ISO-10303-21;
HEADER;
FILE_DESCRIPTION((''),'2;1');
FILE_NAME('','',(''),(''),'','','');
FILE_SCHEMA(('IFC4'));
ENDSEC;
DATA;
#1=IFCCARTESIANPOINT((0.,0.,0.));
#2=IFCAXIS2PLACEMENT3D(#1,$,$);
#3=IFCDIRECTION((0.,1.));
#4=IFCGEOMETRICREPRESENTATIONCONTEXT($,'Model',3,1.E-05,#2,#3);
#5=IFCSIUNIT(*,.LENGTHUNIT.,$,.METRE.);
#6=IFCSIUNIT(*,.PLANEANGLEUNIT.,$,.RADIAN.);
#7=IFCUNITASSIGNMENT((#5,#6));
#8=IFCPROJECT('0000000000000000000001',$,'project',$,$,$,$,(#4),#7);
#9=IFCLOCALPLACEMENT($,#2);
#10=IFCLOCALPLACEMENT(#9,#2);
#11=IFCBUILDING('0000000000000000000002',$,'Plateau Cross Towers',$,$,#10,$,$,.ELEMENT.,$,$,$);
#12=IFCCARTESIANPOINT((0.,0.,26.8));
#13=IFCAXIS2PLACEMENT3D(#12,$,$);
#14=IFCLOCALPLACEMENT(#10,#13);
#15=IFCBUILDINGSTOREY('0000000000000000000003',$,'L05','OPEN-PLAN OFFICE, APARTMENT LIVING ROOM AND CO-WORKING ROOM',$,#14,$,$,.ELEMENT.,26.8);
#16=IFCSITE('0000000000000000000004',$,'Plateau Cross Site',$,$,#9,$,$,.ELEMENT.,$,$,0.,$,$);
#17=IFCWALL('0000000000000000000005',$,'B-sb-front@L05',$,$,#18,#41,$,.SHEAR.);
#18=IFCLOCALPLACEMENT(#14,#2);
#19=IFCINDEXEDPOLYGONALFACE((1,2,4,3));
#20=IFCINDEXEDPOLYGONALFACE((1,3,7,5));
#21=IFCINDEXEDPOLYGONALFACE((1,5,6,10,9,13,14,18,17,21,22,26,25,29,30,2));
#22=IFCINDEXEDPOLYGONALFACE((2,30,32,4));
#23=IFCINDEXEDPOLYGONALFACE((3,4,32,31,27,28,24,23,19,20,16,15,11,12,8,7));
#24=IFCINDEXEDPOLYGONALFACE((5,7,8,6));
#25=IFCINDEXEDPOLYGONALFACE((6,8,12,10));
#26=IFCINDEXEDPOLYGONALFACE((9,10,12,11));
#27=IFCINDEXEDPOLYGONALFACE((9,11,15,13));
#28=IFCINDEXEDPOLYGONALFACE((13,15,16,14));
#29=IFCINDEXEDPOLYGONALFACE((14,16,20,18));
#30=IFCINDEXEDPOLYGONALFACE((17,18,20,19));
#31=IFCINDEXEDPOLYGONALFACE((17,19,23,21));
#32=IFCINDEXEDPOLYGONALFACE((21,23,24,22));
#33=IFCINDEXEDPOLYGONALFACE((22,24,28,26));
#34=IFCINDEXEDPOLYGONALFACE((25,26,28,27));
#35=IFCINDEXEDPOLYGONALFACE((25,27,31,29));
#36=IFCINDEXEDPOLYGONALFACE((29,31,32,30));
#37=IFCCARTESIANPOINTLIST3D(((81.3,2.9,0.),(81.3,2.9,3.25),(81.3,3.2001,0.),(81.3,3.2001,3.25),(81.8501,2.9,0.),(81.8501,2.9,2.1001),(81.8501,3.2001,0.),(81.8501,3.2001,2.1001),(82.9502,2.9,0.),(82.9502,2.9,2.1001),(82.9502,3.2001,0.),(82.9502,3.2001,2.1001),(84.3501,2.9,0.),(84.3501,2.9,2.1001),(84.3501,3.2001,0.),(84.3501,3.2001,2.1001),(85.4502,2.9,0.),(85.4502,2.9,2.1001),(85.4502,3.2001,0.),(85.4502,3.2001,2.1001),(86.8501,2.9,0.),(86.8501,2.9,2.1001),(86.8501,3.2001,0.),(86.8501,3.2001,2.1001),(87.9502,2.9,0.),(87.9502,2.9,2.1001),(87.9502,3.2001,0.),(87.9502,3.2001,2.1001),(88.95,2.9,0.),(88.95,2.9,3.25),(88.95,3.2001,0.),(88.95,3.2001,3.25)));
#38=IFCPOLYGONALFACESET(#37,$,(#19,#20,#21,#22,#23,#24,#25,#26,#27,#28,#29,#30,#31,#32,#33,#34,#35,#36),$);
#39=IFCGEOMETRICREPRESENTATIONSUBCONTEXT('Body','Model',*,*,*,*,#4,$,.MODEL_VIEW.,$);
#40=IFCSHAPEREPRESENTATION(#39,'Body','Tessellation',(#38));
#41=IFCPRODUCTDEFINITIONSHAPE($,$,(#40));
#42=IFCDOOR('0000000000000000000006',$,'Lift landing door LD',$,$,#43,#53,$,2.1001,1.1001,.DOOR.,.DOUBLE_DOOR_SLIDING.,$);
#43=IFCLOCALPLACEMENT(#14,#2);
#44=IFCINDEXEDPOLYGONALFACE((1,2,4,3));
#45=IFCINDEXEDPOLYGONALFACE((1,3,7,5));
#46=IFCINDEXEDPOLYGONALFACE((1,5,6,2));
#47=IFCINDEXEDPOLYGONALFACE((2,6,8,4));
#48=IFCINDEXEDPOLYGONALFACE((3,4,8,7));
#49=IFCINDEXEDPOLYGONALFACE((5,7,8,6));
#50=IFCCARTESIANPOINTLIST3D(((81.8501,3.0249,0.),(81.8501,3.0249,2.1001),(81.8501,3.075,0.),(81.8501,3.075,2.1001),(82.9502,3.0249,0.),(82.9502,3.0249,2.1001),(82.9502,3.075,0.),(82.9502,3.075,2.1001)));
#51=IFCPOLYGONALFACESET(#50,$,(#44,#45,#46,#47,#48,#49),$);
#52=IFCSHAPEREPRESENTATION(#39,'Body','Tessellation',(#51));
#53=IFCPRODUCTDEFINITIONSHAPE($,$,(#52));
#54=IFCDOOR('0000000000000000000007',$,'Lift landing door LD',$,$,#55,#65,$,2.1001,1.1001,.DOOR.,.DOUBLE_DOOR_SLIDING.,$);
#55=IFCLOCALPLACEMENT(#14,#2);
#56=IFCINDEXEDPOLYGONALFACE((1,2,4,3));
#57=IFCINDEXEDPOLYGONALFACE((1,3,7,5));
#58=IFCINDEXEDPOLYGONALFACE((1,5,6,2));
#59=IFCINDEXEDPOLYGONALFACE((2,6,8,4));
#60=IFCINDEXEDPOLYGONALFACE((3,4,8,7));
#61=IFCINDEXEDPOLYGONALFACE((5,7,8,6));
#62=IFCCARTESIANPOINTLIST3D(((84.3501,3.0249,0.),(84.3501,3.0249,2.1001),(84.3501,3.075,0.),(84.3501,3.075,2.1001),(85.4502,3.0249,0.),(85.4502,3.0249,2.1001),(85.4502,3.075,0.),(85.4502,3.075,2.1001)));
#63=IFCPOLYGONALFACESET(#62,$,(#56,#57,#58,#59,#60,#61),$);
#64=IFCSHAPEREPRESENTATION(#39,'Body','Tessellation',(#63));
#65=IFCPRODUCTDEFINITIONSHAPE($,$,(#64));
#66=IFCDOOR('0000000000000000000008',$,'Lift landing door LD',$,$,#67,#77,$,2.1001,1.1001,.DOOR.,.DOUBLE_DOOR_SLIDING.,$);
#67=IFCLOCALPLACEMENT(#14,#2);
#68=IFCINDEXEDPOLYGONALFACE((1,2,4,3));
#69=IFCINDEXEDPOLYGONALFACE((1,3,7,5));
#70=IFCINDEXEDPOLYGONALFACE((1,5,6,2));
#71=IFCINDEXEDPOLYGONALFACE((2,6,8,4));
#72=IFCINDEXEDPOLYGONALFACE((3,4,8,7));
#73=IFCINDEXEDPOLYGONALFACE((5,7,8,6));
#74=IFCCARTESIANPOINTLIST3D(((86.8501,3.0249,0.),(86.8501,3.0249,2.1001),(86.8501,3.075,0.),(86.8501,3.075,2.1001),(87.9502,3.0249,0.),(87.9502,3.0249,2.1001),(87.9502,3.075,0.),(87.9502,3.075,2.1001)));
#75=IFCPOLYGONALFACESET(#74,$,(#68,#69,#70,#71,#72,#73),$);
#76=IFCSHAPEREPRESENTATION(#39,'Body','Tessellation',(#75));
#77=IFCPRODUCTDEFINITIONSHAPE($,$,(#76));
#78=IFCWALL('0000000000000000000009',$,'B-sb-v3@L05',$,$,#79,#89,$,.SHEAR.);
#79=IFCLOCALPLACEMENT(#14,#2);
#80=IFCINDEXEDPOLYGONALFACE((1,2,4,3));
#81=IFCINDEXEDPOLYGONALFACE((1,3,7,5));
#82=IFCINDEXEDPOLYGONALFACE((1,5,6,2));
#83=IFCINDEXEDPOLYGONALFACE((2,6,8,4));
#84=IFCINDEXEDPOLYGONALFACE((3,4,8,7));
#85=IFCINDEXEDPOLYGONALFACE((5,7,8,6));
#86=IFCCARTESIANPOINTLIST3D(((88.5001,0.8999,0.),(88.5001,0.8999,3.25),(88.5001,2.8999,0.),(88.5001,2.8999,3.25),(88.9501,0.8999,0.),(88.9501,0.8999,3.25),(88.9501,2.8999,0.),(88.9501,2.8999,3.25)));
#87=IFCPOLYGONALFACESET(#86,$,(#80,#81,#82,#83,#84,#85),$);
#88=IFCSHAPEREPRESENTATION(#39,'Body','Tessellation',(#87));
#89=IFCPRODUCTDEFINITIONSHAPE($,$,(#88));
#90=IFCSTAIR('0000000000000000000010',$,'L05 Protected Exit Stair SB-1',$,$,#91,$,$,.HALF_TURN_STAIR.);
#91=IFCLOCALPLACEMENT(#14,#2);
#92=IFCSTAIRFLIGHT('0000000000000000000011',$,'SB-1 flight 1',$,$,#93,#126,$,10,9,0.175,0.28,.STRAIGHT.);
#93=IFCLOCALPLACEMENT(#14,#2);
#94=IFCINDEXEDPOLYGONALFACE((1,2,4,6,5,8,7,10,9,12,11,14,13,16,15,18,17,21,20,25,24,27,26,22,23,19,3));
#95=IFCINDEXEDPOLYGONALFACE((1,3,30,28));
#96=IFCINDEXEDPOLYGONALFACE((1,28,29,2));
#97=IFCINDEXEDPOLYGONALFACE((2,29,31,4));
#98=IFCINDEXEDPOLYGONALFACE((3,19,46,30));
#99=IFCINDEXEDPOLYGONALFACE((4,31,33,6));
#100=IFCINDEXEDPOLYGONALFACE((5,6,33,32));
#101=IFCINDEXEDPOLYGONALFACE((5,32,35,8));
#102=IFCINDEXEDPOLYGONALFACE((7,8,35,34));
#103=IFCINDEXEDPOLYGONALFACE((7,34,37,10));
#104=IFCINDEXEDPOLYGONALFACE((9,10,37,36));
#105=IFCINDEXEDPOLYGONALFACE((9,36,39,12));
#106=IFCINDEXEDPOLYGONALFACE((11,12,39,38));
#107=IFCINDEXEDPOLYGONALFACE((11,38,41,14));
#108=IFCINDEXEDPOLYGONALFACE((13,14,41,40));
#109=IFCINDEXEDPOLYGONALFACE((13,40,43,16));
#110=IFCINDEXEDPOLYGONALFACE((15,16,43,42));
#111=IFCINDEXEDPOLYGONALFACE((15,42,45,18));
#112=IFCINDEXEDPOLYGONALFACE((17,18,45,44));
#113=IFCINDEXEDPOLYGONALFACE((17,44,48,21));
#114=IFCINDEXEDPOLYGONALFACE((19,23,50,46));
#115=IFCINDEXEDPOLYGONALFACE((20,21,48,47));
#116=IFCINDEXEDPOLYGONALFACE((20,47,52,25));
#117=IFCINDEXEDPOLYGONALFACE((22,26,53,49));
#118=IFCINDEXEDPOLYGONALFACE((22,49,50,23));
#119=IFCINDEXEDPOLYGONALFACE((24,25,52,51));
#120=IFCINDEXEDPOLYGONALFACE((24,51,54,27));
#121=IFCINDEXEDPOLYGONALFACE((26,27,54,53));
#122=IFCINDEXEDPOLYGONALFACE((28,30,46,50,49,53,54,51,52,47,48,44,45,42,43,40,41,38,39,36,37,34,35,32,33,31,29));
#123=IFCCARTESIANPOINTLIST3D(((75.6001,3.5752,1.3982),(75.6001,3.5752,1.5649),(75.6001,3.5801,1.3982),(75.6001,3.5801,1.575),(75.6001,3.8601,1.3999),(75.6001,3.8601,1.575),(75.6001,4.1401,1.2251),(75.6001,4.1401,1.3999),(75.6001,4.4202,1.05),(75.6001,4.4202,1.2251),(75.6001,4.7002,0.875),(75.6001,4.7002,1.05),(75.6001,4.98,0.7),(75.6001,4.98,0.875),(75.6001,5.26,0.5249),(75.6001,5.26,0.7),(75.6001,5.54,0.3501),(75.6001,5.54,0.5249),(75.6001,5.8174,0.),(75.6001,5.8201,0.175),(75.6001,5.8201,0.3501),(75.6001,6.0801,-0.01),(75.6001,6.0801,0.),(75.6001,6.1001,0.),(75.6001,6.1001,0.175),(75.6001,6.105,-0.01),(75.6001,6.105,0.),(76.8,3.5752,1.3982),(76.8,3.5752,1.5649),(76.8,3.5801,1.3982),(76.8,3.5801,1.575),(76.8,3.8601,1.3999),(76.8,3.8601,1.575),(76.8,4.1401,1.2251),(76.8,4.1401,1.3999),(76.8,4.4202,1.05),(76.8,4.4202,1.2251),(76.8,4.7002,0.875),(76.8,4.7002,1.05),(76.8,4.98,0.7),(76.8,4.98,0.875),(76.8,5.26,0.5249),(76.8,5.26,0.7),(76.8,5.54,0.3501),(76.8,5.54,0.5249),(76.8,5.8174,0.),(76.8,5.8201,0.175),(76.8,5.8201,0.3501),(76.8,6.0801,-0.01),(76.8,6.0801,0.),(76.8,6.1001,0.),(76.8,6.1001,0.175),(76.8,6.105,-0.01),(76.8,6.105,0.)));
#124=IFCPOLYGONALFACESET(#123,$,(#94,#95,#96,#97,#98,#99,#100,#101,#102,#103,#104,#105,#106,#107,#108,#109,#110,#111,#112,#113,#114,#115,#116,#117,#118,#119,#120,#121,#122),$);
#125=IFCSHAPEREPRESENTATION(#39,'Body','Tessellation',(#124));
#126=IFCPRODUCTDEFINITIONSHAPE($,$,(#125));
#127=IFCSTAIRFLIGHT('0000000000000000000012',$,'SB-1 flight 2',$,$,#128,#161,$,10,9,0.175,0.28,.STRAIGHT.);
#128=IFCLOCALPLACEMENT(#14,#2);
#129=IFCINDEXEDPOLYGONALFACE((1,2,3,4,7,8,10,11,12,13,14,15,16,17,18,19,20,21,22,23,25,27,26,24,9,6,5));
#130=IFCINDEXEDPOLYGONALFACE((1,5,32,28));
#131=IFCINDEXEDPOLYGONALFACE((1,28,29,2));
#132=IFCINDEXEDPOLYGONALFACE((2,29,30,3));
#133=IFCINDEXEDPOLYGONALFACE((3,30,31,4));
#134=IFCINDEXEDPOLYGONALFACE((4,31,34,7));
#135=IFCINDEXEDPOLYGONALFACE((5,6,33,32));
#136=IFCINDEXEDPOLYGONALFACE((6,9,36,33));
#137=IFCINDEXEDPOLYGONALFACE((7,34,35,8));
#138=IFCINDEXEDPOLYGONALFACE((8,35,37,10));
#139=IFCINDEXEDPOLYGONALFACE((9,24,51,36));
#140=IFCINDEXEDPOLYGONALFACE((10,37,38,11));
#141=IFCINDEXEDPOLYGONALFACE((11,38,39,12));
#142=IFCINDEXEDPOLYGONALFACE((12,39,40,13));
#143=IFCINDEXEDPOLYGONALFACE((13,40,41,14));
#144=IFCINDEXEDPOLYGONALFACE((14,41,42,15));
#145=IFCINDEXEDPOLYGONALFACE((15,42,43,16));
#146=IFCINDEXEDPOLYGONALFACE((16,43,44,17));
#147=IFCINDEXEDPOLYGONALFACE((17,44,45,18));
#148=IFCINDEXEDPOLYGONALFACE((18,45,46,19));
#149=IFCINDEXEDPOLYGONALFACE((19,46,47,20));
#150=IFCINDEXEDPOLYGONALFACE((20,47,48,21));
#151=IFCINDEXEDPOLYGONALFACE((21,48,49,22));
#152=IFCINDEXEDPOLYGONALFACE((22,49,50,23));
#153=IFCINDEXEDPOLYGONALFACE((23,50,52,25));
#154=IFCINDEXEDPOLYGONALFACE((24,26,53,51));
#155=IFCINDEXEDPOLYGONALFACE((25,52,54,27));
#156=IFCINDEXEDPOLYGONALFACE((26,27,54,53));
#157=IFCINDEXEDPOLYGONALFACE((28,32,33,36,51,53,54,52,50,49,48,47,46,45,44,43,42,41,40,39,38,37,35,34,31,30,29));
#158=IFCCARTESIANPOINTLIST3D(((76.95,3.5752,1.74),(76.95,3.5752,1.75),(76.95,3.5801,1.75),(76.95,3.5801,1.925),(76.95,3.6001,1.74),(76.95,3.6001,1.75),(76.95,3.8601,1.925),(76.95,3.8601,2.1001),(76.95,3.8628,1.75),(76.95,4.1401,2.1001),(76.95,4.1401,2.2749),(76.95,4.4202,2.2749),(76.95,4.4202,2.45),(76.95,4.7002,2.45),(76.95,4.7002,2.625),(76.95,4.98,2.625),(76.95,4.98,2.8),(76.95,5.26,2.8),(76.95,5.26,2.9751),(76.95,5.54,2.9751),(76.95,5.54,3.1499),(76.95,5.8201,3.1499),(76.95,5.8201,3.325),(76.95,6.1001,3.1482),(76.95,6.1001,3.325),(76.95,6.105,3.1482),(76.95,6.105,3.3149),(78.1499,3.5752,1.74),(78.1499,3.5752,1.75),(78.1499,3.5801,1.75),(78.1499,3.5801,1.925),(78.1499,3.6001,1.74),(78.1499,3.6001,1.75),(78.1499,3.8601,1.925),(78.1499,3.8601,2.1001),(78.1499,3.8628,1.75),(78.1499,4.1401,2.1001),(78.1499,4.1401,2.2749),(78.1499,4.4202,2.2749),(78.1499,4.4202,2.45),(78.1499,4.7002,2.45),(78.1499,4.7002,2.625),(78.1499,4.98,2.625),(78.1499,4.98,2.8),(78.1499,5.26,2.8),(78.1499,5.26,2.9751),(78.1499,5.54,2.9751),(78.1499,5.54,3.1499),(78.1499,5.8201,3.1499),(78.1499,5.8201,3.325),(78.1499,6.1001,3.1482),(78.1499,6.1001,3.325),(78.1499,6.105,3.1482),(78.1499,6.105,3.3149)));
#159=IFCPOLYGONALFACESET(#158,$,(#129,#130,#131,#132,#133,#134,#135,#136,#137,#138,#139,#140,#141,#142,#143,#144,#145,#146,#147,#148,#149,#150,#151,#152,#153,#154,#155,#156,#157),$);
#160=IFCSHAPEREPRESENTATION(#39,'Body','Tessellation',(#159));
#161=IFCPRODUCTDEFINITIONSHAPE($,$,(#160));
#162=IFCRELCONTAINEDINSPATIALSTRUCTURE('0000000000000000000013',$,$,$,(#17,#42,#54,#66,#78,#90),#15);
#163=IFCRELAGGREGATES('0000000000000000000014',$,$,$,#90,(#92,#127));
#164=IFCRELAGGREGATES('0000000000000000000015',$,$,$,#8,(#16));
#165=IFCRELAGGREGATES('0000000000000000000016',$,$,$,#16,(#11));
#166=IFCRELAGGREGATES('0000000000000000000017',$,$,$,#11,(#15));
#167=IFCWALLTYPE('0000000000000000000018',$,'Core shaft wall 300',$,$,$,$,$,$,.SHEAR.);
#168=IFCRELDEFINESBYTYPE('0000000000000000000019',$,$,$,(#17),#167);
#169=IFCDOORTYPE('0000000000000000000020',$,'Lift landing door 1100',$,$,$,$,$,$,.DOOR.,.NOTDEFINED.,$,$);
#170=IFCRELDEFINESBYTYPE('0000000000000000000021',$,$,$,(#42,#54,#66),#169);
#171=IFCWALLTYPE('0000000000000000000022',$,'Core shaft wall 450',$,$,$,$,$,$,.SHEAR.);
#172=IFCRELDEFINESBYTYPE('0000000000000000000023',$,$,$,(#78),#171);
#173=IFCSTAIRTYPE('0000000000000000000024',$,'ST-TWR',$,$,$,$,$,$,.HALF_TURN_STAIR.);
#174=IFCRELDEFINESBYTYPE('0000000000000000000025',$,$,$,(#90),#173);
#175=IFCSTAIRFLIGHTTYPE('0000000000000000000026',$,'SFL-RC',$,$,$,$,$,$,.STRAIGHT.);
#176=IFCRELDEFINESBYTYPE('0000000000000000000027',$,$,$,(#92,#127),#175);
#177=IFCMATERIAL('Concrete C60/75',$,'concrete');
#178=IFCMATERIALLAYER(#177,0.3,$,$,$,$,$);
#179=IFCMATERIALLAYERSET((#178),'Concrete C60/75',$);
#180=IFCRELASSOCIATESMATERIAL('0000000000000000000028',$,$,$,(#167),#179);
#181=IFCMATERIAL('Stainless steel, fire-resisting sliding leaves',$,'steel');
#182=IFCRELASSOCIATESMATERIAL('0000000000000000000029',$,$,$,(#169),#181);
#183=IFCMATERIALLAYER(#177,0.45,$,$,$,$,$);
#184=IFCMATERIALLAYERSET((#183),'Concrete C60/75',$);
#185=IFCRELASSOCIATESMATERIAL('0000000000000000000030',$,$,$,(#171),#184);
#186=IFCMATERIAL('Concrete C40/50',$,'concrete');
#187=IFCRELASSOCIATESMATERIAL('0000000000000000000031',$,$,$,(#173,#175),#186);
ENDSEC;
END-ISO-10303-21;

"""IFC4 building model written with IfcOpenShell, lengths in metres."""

from ifc_helpers import new_model, si_unit, direction, frame, frame_2d, origin, place, context, subcontext, project, spatial, polyline, rectangle, outline, extrude, material, layer, layer_set, type_object, element, fill, aggregate, save


model = new_model("IFC4")

# Units and contexts
model_context = context("Model", 3, precision=1e-05, world=origin(), true_north=direction((0.0, 1.0)))
body_context = subcontext(model_context, "Body", "Model", "MODEL_VIEW")
ifc_project = project(units=[si_unit("LENGTHUNIT", "METRE"), si_unit("PLANEANGLEUNIT", "RADIAN")], contexts=[model_context])

# Site, building, storey
site_placement = place(None, origin())
site = spatial("IfcSite", under=ifc_project, at=site_placement, Name="Plateau Cross Site", CompositionType="ELEMENT", RefElevation=0.0)
building_placement = place(site_placement, origin())
building = spatial("IfcBuilding", under=site, at=building_placement, Name="Plateau Cross Towers", CompositionType="ELEMENT")
storey_placement = place(building_placement, frame((0.0, 0.0, 26.8)))
storey = spatial("IfcBuildingStorey", under=building, at=storey_placement, Name="L05", Description="OPEN-PLAN OFFICE, APARTMENT LIVING ROOM AND CO-WORKING ROOM", CompositionType="ELEMENT", Elevation=26.8)

# Shared definitions
ifc_material_1 = material(Name="Concrete C60/75", Category="concrete")

# Shared definitions
ifc_layer_1 = layer(ifc_material_1, 0.3)
ifc_layer_set_1 = layer_set([ifc_layer_1], Name="Concrete C60/75")
wall_type_1 = type_object("IfcWallType", Name="Core shaft wall 300", PredefinedType="SHEAR", material=ifc_layer_set_1)

# Wall, openings, doors
wall_1_placement = place(storey_placement, frame((81.3, 3.05, 0.0), z_axis=(0.0, 0.0, 1.0), x_axis=(1.0, 0.0, 0.0)))
wall_1 = element("IfcWall", 1, at=wall_1_placement, inside=storey, type_object=wall_type_1, Name="B-sb-front@L05", PredefinedType="SHEAR", context=body_context, shape_type="SweptSolid", body=[
    extrude(rectangle(XDim=7.6499, YDim=0.3, at=frame_2d((3.825, 0.0))), origin(), (0.0, 0.0, 1.0), 3.25),
])
opening_1_placement = place(wall_1_placement, frame((0.55, 0.0, 0.0)))
opening_1 = element("IfcOpeningElement", 2, at=opening_1_placement, cuts=wall_1, PredefinedType="OPENING", context=body_context, shape_type="SweptSolid", body=[
    extrude(rectangle(XDim=1.1001, YDim=2.1001, at=frame_2d((0.55, 1.05))), frame((0.0, 0.1599, 0.0), z_axis=(0.0, -1.0, 0.0), x_axis=(1.0, 0.0, 0.0)), (0.0, 0.0, 1.0), 0.3201),
])
opening_2_placement = place(wall_1_placement, frame((3.05, 0.0, 0.0)))
opening_2 = element("IfcOpeningElement", 3, at=opening_2_placement, cuts=wall_1, PredefinedType="OPENING", context=body_context, shape_type="SweptSolid", body=[
    extrude(rectangle(XDim=1.1001, YDim=2.1001, at=frame_2d((0.55, 1.05))), frame((0.0, 0.1599, 0.0), z_axis=(0.0, -1.0, 0.0), x_axis=(1.0, 0.0, 0.0)), (0.0, 0.0, 1.0), 0.3201),
])
opening_3_placement = place(wall_1_placement, frame((5.55, 0.0, 0.0)))
opening_3 = element("IfcOpeningElement", 4, at=opening_3_placement, cuts=wall_1, PredefinedType="OPENING", context=body_context, shape_type="SweptSolid", body=[
    extrude(rectangle(XDim=1.1001, YDim=2.1001, at=frame_2d((0.55, 1.05))), frame((0.0, 0.1599, 0.0), z_axis=(0.0, -1.0, 0.0), x_axis=(1.0, 0.0, 0.0)), (0.0, 0.0, 1.0), 0.3201),
])
ifc_material_2 = material(Name="Stainless steel, fire-resisting sliding leaves", Category="steel")
door_type_1 = type_object("IfcDoorType", Name="Lift landing door 1100", OperationType="NOTDEFINED", PredefinedType="DOOR", material=ifc_material_2)
door_1_placement = place(opening_1_placement, origin())
door_1 = element("IfcDoor", 5, at=door_1_placement, inside=storey, type_object=door_type_1, Name="Lift landing door LD", OperationType="DOUBLE_DOOR_SLIDING", OverallHeight=2.1001, OverallWidth=1.1001, PredefinedType="DOOR", context=body_context, shape_type="SweptSolid", body=[
    extrude(rectangle(XDim=1.1001, YDim=2.1001, at=frame_2d((0.55, 1.05))), frame((0.0, 0.0249, 0.0), z_axis=(0.0, -1.0, 0.0), x_axis=(1.0, 0.0, 0.0)), (0.0, 0.0, 1.0), 0.05),
])
fill(opening_1, door_1)
door_2_placement = place(opening_2_placement, origin())
door_2 = element("IfcDoor", 6, at=door_2_placement, inside=storey, type_object=door_type_1, Name="Lift landing door LD", OperationType="DOUBLE_DOOR_SLIDING", OverallHeight=2.1001, OverallWidth=1.1001, PredefinedType="DOOR", context=body_context, shape_type="SweptSolid", body=[
    extrude(rectangle(XDim=1.1001, YDim=2.1001, at=frame_2d((0.55, 1.05))), frame((0.0, 0.0249, 0.0), z_axis=(0.0, -1.0, 0.0), x_axis=(1.0, 0.0, 0.0)), (0.0, 0.0, 1.0), 0.05),
])
fill(opening_2, door_2)
door_3_placement = place(opening_3_placement, origin())
door_3 = element("IfcDoor", 7, at=door_3_placement, inside=storey, type_object=door_type_1, Name="Lift landing door LD", OperationType="DOUBLE_DOOR_SLIDING", OverallHeight=2.1001, OverallWidth=1.1001, PredefinedType="DOOR", context=body_context, shape_type="SweptSolid", body=[
    extrude(rectangle(XDim=1.1001, YDim=2.1001, at=frame_2d((0.55, 1.05))), frame((0.0, 0.0249, 0.0), z_axis=(0.0, -1.0, 0.0), x_axis=(1.0, 0.0, 0.0)), (0.0, 0.0, 1.0), 0.05),
])
fill(opening_3, door_3)

# Wall
ifc_layer_2 = layer(ifc_material_1, 0.45)
ifc_layer_set_2 = layer_set([ifc_layer_2], Name="Concrete C60/75")
wall_type_2 = type_object("IfcWallType", Name="Core shaft wall 450", PredefinedType="SHEAR", material=ifc_layer_set_2)
wall_2_placement = place(storey_placement, frame((88.7251, 0.8999, 0.0), z_axis=(0.0, 0.0, 1.0), x_axis=(0.0, 1.0, 0.0)))
element("IfcWall", 8, at=wall_2_placement, inside=storey, type_object=wall_type_2, Name="B-sb-v3@L05", PredefinedType="SHEAR", context=body_context, shape_type="SweptSolid", body=[
    extrude(rectangle(XDim=2.0, YDim=0.45, at=frame_2d((1.0, 0.0))), origin(), (0.0, 0.0, 1.0), 3.25),
])

# Stair, stair flights
ifc_material_3 = material(Name="Concrete C40/50", Category="concrete")
stair_type = type_object("IfcStairType", Name="ST-TWR", PredefinedType="HALF_TURN_STAIR", material=ifc_material_3)
stair_1_placement = place(storey_placement, origin())
stair_1 = element("IfcStair", 9, at=stair_1_placement, inside=storey, type_object=stair_type, Name="L05 Protected Exit Stair SB-1", PredefinedType="HALF_TURN_STAIR")
stair_flight_type = type_object("IfcStairFlightType", Name="SFL-RC", PredefinedType="STRAIGHT", material=ifc_material_3)
stair_flight_1_placement = place(storey_placement, frame((76.2, 6.1001, 0.0), z_axis=(0.0, 0.0, 1.0), x_axis=(0.0, -1.0, 0.0)))
stair_flight_1 = element("IfcStairFlight", 10, at=stair_flight_1_placement, type_object=stair_flight_type, Name="SB-1 flight 1", NumberOfRisers=10, NumberOfTreads=9, PredefinedType="STRAIGHT", RiserHeight=0.175, TreadLength=0.28, context=body_context, shape_type="SweptSolid", body=[
    extrude(outline(polyline([(-0.0049, -0.01), (-0.0049, 0.0), (0.0, 0.0), (0.0, 0.175), (0.28, 0.175), (0.28, 0.3501), (0.5601, 0.3501), (0.5601, 0.5249), (0.8401, 0.5249), (0.8401, 0.7), (1.1201, 0.7), (1.1201, 0.875), (1.3999, 0.875), (1.3999, 1.05), (1.6799, 1.05), (1.6799, 1.2251), (1.96, 1.2251), (1.96, 1.3999), (2.24, 1.3999), (2.24, 1.575), (2.52, 1.575), (2.5249, 1.5649), (2.5249, 1.3982), (2.52, 1.3982), (0.2827, 0.0), (0.02, 0.0), (0.02, -0.01), (-0.0049, -0.01)])), frame((0.0, 0.6001, 0.0), z_axis=(0.0, -1.0, 0.0), x_axis=(1.0, 0.0, 0.0)), (0.0, 0.0, 1.0), 1.2),
])
stair_flight_2_placement = place(storey_placement, frame((77.55, 3.5801, 1.75), z_axis=(0.0, 0.0, 1.0), x_axis=(0.0, 1.0, 0.0)))
stair_flight_2 = element("IfcStairFlight", 11, at=stair_flight_2_placement, type_object=stair_flight_type, Name="SB-1 flight 2", NumberOfRisers=10, NumberOfTreads=9, PredefinedType="STRAIGHT", RiserHeight=0.175, TreadLength=0.28, context=body_context, shape_type="SweptSolid", body=[
    extrude(outline(polyline([(-0.0049, -0.01), (-0.0049, 0.0), (0.0, 0.0), (0.0, 0.175), (0.28, 0.175), (0.28, 0.3501), (0.5601, 0.3501), (0.5601, 0.5249), (0.8401, 0.5249), (0.8401, 0.7), (1.1201, 0.7), (1.1201, 0.875), (1.3999, 0.875), (1.3999, 1.05), (1.6799, 1.05), (1.6799, 1.2251), (1.96, 1.2251), (1.96, 1.3999), (2.24, 1.3999), (2.24, 1.575), (2.52, 1.575), (2.5249, 1.5649), (2.5249, 1.3982), (2.52, 1.3982), (0.2827, 0.0), (0.02, 0.0), (0.02, -0.01), (-0.0049, -0.01)])), frame((0.0, 0.6001, 0.0), z_axis=(0.0, -1.0, 0.0), x_axis=(1.0, 0.0, 0.0)), (0.0, 0.0, 1.0), 1.2),
])
aggregate(stair_1, [stair_flight_1, stair_flight_2])

save(model, "model.ifc")
